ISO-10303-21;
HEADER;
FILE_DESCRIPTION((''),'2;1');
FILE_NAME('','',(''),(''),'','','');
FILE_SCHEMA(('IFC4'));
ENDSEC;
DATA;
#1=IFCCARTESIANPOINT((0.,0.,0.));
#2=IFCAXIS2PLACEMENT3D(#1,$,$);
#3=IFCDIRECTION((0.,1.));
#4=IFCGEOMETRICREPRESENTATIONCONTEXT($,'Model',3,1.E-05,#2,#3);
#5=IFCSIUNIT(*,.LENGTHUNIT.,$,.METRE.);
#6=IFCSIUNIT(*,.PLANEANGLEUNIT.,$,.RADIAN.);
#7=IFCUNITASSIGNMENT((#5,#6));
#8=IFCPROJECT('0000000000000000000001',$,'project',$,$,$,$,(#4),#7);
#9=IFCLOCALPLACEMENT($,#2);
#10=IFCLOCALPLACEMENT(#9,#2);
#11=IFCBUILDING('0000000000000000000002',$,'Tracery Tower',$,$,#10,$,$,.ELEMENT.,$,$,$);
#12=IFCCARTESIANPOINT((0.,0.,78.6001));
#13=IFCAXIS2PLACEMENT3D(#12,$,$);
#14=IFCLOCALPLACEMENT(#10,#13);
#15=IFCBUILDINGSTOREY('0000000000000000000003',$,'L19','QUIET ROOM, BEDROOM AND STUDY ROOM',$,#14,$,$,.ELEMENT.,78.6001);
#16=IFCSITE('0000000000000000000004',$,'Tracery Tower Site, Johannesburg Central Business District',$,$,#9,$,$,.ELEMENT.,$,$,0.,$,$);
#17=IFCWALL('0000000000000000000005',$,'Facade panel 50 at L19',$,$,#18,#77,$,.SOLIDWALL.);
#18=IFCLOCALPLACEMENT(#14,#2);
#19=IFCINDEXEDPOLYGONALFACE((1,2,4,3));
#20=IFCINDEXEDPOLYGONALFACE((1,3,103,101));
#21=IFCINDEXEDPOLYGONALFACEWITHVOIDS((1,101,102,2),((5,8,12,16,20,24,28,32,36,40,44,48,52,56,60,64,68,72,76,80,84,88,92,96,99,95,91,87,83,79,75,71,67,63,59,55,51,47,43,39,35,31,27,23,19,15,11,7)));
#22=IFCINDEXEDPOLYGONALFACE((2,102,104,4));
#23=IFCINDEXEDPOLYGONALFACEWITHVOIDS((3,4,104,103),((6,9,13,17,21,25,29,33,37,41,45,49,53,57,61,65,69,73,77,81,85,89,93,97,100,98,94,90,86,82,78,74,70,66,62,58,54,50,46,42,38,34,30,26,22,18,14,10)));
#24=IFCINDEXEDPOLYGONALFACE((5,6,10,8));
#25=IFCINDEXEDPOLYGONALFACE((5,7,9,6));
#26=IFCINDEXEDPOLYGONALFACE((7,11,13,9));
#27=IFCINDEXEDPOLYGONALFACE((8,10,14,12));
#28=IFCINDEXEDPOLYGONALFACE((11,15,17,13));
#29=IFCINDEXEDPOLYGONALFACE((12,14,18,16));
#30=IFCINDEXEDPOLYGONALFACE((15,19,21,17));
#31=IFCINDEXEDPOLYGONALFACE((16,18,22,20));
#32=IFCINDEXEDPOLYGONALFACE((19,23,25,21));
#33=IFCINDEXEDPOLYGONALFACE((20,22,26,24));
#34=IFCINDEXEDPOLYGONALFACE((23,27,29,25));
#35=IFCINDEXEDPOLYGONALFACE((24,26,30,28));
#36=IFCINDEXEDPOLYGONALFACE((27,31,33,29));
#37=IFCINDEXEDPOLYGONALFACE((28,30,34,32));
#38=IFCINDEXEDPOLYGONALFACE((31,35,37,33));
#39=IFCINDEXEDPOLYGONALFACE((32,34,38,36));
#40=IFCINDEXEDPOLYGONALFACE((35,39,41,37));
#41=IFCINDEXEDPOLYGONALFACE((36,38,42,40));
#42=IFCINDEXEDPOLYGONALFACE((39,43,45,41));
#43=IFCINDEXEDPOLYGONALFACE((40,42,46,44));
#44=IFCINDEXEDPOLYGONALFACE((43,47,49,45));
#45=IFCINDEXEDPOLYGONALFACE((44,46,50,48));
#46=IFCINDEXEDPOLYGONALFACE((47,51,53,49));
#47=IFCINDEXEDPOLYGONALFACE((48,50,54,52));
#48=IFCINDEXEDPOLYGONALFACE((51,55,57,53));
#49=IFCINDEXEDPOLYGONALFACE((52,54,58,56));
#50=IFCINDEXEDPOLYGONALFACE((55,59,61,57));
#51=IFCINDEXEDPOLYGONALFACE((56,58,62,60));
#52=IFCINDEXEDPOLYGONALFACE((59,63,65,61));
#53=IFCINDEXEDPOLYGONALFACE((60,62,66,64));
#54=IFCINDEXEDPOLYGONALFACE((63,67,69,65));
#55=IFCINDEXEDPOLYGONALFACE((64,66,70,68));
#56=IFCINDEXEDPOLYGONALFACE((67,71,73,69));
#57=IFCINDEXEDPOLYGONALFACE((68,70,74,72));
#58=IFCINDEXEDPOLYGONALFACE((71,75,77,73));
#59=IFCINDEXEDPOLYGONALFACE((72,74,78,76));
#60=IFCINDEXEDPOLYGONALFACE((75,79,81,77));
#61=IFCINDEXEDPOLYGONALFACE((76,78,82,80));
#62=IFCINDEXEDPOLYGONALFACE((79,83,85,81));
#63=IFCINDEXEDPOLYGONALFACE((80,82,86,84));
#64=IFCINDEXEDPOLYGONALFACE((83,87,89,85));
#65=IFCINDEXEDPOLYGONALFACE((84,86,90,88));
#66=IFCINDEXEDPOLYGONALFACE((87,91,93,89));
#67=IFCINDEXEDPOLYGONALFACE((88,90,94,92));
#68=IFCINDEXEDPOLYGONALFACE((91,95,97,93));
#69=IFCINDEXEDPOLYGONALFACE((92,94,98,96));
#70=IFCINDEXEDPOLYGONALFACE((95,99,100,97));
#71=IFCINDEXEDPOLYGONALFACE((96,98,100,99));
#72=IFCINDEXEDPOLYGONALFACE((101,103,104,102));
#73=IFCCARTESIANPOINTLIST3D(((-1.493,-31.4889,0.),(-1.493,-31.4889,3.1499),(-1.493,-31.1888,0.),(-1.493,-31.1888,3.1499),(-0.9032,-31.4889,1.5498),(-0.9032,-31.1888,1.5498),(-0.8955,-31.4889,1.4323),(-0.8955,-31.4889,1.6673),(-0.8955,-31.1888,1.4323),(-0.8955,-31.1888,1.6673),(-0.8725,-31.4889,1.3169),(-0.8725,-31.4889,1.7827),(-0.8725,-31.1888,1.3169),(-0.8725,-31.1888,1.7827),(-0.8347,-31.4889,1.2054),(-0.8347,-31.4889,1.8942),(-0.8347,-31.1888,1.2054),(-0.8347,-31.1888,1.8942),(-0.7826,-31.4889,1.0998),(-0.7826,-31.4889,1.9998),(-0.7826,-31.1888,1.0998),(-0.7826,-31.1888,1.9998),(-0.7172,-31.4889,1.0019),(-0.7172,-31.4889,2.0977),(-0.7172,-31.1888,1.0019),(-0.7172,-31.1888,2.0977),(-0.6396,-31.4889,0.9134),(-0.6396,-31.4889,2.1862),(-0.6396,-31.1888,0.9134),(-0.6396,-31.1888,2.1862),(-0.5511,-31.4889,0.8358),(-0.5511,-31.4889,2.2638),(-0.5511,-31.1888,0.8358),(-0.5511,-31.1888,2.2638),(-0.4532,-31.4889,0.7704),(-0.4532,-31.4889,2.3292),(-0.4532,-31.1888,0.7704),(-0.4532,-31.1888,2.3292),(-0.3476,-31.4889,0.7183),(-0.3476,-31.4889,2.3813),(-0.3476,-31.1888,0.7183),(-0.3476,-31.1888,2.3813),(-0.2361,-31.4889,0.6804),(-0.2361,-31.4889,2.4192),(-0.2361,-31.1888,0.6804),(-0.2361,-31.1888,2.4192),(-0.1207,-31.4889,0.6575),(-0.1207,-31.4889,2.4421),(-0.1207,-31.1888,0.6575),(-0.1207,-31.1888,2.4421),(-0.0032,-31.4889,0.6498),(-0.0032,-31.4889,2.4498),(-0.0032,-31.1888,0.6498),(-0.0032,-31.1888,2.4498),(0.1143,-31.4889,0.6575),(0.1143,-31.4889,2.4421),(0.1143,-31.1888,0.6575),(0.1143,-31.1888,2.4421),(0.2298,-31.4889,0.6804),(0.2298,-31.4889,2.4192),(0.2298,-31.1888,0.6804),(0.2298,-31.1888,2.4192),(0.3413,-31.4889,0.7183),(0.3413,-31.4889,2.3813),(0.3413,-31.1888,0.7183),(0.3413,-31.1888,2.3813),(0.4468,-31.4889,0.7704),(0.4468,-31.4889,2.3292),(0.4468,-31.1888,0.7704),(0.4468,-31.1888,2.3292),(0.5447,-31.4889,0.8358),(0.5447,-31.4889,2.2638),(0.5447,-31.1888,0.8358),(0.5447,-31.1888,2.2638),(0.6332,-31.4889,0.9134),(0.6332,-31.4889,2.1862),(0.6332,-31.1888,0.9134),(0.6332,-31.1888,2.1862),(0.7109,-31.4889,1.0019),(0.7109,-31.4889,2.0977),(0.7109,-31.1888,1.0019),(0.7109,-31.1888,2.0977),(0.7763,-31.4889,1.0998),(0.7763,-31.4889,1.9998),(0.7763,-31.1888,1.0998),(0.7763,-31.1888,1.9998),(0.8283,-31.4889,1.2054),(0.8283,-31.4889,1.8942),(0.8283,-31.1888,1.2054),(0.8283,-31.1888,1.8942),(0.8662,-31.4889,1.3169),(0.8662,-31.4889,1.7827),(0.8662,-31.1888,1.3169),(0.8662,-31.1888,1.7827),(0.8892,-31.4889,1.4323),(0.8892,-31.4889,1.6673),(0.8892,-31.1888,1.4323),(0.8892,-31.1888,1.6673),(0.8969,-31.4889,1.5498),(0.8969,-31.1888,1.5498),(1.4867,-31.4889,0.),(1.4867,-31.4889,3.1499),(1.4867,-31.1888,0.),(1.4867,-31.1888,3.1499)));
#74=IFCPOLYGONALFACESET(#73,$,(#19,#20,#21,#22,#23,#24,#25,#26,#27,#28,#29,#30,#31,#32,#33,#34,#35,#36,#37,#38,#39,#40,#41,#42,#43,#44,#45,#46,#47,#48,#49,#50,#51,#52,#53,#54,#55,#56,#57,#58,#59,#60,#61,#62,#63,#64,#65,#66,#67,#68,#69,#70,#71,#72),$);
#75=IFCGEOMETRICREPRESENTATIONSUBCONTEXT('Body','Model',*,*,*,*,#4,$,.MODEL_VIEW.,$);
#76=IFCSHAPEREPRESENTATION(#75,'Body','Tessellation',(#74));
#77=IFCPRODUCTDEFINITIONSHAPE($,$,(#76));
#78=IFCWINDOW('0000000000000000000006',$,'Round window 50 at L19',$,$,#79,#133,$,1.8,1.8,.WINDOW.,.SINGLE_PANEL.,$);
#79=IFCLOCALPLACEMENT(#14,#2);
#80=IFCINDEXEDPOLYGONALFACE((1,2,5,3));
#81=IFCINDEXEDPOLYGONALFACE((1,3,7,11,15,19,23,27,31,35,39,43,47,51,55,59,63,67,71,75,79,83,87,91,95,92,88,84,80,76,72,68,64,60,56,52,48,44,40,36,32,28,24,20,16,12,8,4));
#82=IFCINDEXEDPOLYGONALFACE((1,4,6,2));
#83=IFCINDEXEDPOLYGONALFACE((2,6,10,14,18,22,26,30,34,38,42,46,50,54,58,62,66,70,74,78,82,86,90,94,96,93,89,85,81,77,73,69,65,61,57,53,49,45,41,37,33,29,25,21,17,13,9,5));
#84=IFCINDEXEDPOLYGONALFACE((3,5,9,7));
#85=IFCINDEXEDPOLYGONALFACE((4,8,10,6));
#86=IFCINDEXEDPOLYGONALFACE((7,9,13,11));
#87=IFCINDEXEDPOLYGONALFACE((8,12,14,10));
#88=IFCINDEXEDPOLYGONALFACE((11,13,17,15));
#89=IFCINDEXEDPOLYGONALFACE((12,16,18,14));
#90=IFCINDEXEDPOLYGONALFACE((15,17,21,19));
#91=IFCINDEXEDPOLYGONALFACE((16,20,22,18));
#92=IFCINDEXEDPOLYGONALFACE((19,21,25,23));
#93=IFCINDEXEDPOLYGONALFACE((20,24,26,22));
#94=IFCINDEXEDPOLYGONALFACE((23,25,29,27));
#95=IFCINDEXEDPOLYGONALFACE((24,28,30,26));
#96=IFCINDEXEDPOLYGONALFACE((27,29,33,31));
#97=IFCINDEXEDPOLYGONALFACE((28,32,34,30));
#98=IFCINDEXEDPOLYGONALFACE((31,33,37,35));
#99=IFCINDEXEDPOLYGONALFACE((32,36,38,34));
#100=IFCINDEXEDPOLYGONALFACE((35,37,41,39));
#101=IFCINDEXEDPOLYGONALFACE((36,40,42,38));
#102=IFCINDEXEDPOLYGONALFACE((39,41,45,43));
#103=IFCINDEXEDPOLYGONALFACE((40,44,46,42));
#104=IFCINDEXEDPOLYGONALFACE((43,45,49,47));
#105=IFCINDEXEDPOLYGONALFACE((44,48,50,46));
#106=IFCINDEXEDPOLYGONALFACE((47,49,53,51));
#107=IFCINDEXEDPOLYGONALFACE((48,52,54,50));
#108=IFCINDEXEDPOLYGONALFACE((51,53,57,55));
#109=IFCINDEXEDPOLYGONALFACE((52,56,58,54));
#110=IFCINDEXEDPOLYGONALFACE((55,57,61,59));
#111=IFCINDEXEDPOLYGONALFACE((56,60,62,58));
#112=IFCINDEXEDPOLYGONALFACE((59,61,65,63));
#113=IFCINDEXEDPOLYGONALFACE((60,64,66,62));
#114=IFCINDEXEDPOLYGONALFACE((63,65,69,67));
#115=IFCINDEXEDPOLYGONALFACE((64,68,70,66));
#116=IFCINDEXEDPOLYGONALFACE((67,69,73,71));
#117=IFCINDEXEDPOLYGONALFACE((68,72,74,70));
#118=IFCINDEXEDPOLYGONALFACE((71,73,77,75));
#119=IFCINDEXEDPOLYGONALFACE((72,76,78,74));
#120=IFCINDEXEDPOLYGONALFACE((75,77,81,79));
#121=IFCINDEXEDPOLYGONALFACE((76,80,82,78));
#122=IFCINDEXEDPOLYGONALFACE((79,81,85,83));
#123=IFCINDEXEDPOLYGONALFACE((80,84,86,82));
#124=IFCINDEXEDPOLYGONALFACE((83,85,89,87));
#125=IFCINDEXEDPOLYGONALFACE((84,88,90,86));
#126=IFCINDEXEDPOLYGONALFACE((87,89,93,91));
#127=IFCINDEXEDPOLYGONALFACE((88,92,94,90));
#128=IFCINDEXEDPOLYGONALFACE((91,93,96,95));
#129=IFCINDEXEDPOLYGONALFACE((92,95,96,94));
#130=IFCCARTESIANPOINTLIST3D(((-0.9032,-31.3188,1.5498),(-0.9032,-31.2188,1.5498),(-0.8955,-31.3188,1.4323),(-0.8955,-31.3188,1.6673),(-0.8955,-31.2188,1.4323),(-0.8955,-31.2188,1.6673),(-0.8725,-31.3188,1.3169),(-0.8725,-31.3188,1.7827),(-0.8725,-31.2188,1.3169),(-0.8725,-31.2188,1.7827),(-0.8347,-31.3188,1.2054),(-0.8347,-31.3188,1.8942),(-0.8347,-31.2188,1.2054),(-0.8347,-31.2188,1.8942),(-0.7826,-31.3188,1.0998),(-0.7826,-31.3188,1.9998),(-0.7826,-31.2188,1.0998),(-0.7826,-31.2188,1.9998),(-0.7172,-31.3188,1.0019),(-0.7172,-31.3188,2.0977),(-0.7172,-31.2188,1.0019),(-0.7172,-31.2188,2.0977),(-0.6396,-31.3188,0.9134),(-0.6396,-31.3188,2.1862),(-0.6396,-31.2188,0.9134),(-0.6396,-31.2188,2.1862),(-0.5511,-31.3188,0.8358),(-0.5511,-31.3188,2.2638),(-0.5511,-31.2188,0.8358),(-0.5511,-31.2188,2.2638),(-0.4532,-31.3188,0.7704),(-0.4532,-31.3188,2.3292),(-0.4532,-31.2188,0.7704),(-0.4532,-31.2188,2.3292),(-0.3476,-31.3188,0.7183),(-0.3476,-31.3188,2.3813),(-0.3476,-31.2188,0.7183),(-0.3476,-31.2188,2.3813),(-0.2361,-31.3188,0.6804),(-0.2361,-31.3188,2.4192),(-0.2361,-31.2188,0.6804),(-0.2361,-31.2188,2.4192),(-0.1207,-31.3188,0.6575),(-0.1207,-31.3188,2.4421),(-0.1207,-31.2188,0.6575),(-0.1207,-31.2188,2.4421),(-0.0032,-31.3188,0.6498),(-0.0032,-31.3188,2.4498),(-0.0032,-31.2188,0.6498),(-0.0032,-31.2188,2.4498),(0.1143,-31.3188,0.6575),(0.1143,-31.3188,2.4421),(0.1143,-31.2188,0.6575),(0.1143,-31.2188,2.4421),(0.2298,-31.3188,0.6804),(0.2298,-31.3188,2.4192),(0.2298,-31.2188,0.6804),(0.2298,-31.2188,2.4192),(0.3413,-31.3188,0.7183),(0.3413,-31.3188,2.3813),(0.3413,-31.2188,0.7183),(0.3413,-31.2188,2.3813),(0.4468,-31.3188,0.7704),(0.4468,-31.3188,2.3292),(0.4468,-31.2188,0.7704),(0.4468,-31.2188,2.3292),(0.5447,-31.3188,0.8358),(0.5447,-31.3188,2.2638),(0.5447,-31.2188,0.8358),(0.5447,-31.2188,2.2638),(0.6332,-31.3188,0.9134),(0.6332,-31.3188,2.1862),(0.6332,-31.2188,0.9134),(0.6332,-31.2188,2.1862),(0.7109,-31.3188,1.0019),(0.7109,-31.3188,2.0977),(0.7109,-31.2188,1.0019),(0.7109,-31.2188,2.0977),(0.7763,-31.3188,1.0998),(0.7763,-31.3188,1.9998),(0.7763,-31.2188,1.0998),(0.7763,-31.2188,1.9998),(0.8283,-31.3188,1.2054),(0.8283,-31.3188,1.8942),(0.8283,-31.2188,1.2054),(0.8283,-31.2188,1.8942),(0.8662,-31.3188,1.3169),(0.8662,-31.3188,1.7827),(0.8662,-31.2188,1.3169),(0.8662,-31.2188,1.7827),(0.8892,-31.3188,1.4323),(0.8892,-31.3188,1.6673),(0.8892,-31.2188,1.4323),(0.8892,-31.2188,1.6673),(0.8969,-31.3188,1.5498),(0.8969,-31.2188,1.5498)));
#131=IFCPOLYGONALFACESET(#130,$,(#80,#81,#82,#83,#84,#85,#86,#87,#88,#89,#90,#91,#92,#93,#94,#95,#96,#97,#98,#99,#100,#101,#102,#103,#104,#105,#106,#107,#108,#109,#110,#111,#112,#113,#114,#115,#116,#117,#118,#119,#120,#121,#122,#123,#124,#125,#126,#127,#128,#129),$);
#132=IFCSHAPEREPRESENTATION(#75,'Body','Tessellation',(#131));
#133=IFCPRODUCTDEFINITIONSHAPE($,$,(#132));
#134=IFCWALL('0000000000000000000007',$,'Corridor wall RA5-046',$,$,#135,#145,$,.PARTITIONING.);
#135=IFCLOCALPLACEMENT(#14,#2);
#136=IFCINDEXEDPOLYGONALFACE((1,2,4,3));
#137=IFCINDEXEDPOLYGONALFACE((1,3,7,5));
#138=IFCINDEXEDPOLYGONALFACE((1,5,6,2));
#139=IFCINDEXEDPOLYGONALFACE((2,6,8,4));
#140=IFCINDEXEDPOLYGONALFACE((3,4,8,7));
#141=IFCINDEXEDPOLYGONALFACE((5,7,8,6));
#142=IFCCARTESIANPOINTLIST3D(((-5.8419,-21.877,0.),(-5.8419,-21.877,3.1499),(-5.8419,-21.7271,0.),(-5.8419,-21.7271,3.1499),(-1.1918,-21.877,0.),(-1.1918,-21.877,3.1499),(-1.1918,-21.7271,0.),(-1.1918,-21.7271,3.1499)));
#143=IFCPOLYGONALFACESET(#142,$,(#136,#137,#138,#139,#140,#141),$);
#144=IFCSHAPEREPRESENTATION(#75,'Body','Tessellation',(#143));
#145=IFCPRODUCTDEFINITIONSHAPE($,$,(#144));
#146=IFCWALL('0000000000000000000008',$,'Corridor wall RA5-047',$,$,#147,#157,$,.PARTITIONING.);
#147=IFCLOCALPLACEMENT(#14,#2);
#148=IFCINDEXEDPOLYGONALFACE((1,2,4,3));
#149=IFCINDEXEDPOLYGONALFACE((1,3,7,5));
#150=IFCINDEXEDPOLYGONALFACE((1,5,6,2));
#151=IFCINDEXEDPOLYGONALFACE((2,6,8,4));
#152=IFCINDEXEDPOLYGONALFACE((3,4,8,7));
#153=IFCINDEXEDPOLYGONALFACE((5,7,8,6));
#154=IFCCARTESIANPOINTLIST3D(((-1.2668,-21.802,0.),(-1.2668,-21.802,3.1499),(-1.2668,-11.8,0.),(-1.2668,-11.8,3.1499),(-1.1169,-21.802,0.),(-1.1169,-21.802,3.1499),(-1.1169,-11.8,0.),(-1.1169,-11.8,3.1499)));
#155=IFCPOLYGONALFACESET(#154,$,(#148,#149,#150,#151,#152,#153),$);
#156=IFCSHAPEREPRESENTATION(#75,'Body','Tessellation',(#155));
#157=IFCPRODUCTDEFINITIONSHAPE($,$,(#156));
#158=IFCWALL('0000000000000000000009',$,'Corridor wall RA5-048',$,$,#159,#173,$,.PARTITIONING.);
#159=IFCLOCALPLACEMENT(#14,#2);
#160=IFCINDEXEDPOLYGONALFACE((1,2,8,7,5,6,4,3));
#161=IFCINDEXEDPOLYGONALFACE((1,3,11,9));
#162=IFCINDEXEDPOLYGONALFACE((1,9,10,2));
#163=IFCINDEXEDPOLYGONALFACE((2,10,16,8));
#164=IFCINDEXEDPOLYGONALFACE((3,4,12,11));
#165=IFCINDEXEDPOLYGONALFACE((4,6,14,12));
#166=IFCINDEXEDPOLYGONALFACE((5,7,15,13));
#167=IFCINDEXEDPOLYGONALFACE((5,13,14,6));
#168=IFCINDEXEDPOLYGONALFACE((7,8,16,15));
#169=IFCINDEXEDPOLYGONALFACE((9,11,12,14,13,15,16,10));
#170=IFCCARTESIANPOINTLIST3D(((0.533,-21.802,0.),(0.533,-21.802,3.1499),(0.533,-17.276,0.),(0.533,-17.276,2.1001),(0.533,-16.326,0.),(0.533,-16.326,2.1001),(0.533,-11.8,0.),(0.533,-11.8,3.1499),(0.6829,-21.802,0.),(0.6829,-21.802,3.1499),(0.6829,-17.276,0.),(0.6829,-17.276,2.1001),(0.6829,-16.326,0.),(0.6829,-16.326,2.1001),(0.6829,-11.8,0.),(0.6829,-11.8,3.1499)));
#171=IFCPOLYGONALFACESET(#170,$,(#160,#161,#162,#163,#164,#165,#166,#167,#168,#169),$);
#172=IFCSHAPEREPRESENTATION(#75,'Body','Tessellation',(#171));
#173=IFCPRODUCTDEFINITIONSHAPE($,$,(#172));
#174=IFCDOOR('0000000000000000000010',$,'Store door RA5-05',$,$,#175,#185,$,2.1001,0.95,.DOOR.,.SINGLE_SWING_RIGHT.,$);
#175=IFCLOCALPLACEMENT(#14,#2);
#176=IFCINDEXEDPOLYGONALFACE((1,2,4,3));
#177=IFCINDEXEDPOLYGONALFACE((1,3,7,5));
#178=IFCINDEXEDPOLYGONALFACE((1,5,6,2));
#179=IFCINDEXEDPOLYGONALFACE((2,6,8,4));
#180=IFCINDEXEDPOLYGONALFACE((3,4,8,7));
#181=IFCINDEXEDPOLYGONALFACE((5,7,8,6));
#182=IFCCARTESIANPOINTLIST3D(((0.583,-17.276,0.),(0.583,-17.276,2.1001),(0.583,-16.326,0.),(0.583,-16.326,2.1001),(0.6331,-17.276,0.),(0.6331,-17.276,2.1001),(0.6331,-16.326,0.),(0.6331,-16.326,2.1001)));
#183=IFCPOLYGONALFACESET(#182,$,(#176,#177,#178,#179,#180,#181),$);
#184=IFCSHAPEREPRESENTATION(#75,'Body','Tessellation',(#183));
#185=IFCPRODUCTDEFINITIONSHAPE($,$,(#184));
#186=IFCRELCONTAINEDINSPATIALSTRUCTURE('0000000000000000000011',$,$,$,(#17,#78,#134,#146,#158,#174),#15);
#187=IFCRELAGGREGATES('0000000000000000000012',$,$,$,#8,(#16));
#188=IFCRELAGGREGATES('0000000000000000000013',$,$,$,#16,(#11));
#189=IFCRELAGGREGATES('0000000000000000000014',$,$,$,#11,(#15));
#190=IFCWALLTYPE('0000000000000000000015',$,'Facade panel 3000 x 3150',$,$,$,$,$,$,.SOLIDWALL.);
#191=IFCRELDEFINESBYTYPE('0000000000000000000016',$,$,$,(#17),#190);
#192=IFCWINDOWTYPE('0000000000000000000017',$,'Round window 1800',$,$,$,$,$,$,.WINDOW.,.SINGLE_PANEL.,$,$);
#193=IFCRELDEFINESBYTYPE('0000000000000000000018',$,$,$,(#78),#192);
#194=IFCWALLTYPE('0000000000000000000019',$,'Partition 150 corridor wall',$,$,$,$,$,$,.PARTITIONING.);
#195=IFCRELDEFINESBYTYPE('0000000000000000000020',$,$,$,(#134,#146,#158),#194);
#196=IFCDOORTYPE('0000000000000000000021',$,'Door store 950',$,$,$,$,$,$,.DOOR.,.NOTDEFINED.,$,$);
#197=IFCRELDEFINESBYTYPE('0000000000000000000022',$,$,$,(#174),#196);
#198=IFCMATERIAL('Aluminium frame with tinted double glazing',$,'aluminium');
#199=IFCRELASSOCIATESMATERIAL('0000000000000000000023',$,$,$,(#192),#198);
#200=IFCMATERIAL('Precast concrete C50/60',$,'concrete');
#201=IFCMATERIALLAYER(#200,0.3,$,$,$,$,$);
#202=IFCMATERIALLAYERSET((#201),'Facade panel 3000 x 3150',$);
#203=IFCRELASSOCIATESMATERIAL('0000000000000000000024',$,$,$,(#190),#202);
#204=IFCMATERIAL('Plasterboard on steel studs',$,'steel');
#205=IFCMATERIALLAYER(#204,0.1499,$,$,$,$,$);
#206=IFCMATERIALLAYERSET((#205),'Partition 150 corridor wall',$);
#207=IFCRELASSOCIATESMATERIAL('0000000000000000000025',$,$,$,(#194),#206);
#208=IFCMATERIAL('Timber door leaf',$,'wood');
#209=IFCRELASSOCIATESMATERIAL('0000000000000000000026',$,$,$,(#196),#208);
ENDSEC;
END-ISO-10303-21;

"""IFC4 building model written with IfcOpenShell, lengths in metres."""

from ifc_helpers import new_model, si_unit, direction, frame, frame_2d, origin, origin_2d, place, context, subcontext, project, spatial, rectangle, circle, extrude, material, layer, layer_set, type_object, element, fill, save


model = new_model("IFC4")

# Units and contexts
model_context = context("Model", 3, precision=1e-05, world=origin(), true_north=direction((0.0, 1.0)))
body_context = subcontext(model_context, "Body", "Model", "MODEL_VIEW")
ifc_project = project(units=[si_unit("LENGTHUNIT", "METRE"), si_unit("PLANEANGLEUNIT", "RADIAN")], contexts=[model_context])

# Site, building, storey
site_placement = place(None, origin())
site = spatial("IfcSite", under=ifc_project, at=site_placement, Name="Tracery Tower Site, Johannesburg Central Business District", CompositionType="ELEMENT", RefElevation=0.0)
building_placement = place(site_placement, origin())
building = spatial("IfcBuilding", under=site, at=building_placement, Name="Tracery Tower", CompositionType="ELEMENT")
storey_placement = place(building_placement, frame((0.0, 0.0, 78.6001)))
storey = spatial("IfcBuildingStorey", under=building, at=storey_placement, Name="L19", Description="QUIET ROOM, BEDROOM AND STUDY ROOM", CompositionType="ELEMENT", Elevation=78.6001)

# Wall, opening, window
ifc_material_1 = material(Name="Aluminium frame with tinted double glazing", Category="aluminium")
window_type = type_object("IfcWindowType", Name="Round window 1800", PartitioningType="SINGLE_PANEL", PredefinedType="WINDOW", material=ifc_material_1)
ifc_material_2 = material(Name="Precast concrete C50/60", Category="concrete")
ifc_layer_1 = layer(ifc_material_2, 0.3)
ifc_layer_set_1 = layer_set([ifc_layer_1], Name="Facade panel 3000 x 3150")
wall_type_1 = type_object("IfcWallType", Name="Facade panel 3000 x 3150", PredefinedType="SOLIDWALL", material=ifc_layer_set_1)
wall_1_placement = place(storey_placement, frame((-1.4929, -31.3389, 0.0), z_axis=(0.0, 0.0, 1.0), x_axis=(1.0, 0.0, 0.0)))
wall_1 = element("IfcWall", 1, at=wall_1_placement, inside=storey, type_object=wall_type_1, Name="Facade panel 50 at L19", PredefinedType="SOLIDWALL", context=body_context, shape_type="SweptSolid", body=[
    extrude(rectangle(XDim=2.9797, YDim=0.3, at=frame_2d((1.4897, 0.0))), origin(), (0.0, 0.0, 1.0), 3.1499),
])
opening_1_placement = place(wall_1_placement, frame((1.4897, 0.0, 1.5498)))
opening_1 = element("IfcOpeningElement", 2, at=opening_1_placement, cuts=wall_1, PredefinedType="OPENING", context=body_context, shape_type="SweptSolid", body=[
    extrude(circle(Radius=0.9, at=origin_2d()), frame((0.0, 0.1599, 0.0), z_axis=(0.0, -1.0, 0.0), x_axis=(1.0, 0.0, 0.0)), (0.0, 0.0, 1.0), 0.3201),
])
window_1_placement = place(opening_1_placement, origin())
window_1 = element("IfcWindow", 3, at=window_1_placement, inside=storey, type_object=window_type, Name="Round window 50 at L19", OverallHeight=1.8, OverallWidth=1.8, PartitioningType="SINGLE_PANEL", PredefinedType="WINDOW", context=body_context, shape_type="SweptSolid", body=[
    extrude(circle(Radius=0.9, at=origin_2d()), frame((0.0, 0.1201, 0.0), z_axis=(0.0, -1.0, 0.0), x_axis=(1.0, 0.0, 0.0)), (0.0, 0.0, 1.0), 0.1001),
])
fill(opening_1, window_1)

# Walls
ifc_material_3 = material(Name="Plasterboard on steel studs", Category="steel")
ifc_layer_2 = layer(ifc_material_3, 0.1499)
ifc_layer_set_2 = layer_set([ifc_layer_2], Name="Partition 150 corridor wall")
wall_type_2 = type_object("IfcWallType", Name="Partition 150 corridor wall", PredefinedType="PARTITIONING", material=ifc_layer_set_2)
wall_2_placement = place(storey_placement, frame((-5.842, -21.802, 0.0), z_axis=(0.0, 0.0, 1.0), x_axis=(1.0, 0.0, 0.0)))
element("IfcWall", 4, at=wall_2_placement, inside=storey, type_object=wall_type_2, Name="Corridor wall RA5-046", PredefinedType="PARTITIONING", context=body_context, shape_type="SweptSolid", body=[
    extrude(rectangle(XDim=4.6501, YDim=0.1499, at=frame_2d((2.3252, 0.0))), origin(), (0.0, 0.0, 1.0), 3.1499),
])
wall_3_placement = place(storey_placement, frame((-1.1919, -21.802, 0.0), z_axis=(0.0, 0.0, 1.0), x_axis=(0.0, 1.0, 0.0)))
element("IfcWall", 5, at=wall_3_placement, inside=storey, type_object=wall_type_2, Name="Corridor wall RA5-047", PredefinedType="PARTITIONING", context=body_context, shape_type="SweptSolid", body=[
    extrude(rectangle(XDim=10.002, YDim=0.1499, at=frame_2d((5.001, 0.0))), origin(), (0.0, 0.0, 1.0), 3.1499),
])

# Wall, opening, door
wall_4_placement = place(storey_placement, frame((0.6079, -21.802, 0.0), z_axis=(0.0, 0.0, 1.0), x_axis=(0.0, 1.0, 0.0)))
wall_4 = element("IfcWall", 6, at=wall_4_placement, inside=storey, type_object=wall_type_2, Name="Corridor wall RA5-048", PredefinedType="PARTITIONING", context=body_context, shape_type="SweptSolid", body=[
    extrude(rectangle(XDim=10.002, YDim=0.1499, at=frame_2d((5.001, 0.0))), origin(), (0.0, 0.0, 1.0), 3.1499),
])
opening_2_placement = place(wall_4_placement, frame((4.5259, 0.0, 0.0)))
opening_2 = element("IfcOpeningElement", 7, at=opening_2_placement, cuts=wall_4, PredefinedType="OPENING", context=body_context, shape_type="SweptSolid", body=[
    extrude(rectangle(XDim=0.95, YDim=2.1001, at=frame_2d((0.4751, 1.05))), frame((0.0, 0.075, 0.0), z_axis=(0.0, -1.0, 0.0), x_axis=(1.0, 0.0, 0.0)), (0.0, 0.0, 1.0), 0.1499),
])
ifc_material_4 = material(Name="Timber door leaf", Category="wood")
door_type_1 = type_object("IfcDoorType", Name="Door store 950", OperationType="NOTDEFINED", PredefinedType="DOOR", material=ifc_material_4)
door_1_placement = place(opening_2_placement, origin())
door_1 = element("IfcDoor", 8, at=door_1_placement, inside=storey, type_object=door_type_1, Name="Store door RA5-05", OperationType="SINGLE_SWING_RIGHT", OverallHeight=2.1001, OverallWidth=0.95, PredefinedType="DOOR", context=body_context, shape_type="SweptSolid", body=[
    extrude(rectangle(XDim=0.95, YDim=2.1001, at=frame_2d((0.4751, 1.05))), frame((0.0, 0.0249, 0.0), z_axis=(0.0, -1.0, 0.0), x_axis=(1.0, 0.0, 0.0)), (0.0, 0.0, 1.0), 0.05),
])
fill(opening_2, door_1)

save(model, "model.ifc")
